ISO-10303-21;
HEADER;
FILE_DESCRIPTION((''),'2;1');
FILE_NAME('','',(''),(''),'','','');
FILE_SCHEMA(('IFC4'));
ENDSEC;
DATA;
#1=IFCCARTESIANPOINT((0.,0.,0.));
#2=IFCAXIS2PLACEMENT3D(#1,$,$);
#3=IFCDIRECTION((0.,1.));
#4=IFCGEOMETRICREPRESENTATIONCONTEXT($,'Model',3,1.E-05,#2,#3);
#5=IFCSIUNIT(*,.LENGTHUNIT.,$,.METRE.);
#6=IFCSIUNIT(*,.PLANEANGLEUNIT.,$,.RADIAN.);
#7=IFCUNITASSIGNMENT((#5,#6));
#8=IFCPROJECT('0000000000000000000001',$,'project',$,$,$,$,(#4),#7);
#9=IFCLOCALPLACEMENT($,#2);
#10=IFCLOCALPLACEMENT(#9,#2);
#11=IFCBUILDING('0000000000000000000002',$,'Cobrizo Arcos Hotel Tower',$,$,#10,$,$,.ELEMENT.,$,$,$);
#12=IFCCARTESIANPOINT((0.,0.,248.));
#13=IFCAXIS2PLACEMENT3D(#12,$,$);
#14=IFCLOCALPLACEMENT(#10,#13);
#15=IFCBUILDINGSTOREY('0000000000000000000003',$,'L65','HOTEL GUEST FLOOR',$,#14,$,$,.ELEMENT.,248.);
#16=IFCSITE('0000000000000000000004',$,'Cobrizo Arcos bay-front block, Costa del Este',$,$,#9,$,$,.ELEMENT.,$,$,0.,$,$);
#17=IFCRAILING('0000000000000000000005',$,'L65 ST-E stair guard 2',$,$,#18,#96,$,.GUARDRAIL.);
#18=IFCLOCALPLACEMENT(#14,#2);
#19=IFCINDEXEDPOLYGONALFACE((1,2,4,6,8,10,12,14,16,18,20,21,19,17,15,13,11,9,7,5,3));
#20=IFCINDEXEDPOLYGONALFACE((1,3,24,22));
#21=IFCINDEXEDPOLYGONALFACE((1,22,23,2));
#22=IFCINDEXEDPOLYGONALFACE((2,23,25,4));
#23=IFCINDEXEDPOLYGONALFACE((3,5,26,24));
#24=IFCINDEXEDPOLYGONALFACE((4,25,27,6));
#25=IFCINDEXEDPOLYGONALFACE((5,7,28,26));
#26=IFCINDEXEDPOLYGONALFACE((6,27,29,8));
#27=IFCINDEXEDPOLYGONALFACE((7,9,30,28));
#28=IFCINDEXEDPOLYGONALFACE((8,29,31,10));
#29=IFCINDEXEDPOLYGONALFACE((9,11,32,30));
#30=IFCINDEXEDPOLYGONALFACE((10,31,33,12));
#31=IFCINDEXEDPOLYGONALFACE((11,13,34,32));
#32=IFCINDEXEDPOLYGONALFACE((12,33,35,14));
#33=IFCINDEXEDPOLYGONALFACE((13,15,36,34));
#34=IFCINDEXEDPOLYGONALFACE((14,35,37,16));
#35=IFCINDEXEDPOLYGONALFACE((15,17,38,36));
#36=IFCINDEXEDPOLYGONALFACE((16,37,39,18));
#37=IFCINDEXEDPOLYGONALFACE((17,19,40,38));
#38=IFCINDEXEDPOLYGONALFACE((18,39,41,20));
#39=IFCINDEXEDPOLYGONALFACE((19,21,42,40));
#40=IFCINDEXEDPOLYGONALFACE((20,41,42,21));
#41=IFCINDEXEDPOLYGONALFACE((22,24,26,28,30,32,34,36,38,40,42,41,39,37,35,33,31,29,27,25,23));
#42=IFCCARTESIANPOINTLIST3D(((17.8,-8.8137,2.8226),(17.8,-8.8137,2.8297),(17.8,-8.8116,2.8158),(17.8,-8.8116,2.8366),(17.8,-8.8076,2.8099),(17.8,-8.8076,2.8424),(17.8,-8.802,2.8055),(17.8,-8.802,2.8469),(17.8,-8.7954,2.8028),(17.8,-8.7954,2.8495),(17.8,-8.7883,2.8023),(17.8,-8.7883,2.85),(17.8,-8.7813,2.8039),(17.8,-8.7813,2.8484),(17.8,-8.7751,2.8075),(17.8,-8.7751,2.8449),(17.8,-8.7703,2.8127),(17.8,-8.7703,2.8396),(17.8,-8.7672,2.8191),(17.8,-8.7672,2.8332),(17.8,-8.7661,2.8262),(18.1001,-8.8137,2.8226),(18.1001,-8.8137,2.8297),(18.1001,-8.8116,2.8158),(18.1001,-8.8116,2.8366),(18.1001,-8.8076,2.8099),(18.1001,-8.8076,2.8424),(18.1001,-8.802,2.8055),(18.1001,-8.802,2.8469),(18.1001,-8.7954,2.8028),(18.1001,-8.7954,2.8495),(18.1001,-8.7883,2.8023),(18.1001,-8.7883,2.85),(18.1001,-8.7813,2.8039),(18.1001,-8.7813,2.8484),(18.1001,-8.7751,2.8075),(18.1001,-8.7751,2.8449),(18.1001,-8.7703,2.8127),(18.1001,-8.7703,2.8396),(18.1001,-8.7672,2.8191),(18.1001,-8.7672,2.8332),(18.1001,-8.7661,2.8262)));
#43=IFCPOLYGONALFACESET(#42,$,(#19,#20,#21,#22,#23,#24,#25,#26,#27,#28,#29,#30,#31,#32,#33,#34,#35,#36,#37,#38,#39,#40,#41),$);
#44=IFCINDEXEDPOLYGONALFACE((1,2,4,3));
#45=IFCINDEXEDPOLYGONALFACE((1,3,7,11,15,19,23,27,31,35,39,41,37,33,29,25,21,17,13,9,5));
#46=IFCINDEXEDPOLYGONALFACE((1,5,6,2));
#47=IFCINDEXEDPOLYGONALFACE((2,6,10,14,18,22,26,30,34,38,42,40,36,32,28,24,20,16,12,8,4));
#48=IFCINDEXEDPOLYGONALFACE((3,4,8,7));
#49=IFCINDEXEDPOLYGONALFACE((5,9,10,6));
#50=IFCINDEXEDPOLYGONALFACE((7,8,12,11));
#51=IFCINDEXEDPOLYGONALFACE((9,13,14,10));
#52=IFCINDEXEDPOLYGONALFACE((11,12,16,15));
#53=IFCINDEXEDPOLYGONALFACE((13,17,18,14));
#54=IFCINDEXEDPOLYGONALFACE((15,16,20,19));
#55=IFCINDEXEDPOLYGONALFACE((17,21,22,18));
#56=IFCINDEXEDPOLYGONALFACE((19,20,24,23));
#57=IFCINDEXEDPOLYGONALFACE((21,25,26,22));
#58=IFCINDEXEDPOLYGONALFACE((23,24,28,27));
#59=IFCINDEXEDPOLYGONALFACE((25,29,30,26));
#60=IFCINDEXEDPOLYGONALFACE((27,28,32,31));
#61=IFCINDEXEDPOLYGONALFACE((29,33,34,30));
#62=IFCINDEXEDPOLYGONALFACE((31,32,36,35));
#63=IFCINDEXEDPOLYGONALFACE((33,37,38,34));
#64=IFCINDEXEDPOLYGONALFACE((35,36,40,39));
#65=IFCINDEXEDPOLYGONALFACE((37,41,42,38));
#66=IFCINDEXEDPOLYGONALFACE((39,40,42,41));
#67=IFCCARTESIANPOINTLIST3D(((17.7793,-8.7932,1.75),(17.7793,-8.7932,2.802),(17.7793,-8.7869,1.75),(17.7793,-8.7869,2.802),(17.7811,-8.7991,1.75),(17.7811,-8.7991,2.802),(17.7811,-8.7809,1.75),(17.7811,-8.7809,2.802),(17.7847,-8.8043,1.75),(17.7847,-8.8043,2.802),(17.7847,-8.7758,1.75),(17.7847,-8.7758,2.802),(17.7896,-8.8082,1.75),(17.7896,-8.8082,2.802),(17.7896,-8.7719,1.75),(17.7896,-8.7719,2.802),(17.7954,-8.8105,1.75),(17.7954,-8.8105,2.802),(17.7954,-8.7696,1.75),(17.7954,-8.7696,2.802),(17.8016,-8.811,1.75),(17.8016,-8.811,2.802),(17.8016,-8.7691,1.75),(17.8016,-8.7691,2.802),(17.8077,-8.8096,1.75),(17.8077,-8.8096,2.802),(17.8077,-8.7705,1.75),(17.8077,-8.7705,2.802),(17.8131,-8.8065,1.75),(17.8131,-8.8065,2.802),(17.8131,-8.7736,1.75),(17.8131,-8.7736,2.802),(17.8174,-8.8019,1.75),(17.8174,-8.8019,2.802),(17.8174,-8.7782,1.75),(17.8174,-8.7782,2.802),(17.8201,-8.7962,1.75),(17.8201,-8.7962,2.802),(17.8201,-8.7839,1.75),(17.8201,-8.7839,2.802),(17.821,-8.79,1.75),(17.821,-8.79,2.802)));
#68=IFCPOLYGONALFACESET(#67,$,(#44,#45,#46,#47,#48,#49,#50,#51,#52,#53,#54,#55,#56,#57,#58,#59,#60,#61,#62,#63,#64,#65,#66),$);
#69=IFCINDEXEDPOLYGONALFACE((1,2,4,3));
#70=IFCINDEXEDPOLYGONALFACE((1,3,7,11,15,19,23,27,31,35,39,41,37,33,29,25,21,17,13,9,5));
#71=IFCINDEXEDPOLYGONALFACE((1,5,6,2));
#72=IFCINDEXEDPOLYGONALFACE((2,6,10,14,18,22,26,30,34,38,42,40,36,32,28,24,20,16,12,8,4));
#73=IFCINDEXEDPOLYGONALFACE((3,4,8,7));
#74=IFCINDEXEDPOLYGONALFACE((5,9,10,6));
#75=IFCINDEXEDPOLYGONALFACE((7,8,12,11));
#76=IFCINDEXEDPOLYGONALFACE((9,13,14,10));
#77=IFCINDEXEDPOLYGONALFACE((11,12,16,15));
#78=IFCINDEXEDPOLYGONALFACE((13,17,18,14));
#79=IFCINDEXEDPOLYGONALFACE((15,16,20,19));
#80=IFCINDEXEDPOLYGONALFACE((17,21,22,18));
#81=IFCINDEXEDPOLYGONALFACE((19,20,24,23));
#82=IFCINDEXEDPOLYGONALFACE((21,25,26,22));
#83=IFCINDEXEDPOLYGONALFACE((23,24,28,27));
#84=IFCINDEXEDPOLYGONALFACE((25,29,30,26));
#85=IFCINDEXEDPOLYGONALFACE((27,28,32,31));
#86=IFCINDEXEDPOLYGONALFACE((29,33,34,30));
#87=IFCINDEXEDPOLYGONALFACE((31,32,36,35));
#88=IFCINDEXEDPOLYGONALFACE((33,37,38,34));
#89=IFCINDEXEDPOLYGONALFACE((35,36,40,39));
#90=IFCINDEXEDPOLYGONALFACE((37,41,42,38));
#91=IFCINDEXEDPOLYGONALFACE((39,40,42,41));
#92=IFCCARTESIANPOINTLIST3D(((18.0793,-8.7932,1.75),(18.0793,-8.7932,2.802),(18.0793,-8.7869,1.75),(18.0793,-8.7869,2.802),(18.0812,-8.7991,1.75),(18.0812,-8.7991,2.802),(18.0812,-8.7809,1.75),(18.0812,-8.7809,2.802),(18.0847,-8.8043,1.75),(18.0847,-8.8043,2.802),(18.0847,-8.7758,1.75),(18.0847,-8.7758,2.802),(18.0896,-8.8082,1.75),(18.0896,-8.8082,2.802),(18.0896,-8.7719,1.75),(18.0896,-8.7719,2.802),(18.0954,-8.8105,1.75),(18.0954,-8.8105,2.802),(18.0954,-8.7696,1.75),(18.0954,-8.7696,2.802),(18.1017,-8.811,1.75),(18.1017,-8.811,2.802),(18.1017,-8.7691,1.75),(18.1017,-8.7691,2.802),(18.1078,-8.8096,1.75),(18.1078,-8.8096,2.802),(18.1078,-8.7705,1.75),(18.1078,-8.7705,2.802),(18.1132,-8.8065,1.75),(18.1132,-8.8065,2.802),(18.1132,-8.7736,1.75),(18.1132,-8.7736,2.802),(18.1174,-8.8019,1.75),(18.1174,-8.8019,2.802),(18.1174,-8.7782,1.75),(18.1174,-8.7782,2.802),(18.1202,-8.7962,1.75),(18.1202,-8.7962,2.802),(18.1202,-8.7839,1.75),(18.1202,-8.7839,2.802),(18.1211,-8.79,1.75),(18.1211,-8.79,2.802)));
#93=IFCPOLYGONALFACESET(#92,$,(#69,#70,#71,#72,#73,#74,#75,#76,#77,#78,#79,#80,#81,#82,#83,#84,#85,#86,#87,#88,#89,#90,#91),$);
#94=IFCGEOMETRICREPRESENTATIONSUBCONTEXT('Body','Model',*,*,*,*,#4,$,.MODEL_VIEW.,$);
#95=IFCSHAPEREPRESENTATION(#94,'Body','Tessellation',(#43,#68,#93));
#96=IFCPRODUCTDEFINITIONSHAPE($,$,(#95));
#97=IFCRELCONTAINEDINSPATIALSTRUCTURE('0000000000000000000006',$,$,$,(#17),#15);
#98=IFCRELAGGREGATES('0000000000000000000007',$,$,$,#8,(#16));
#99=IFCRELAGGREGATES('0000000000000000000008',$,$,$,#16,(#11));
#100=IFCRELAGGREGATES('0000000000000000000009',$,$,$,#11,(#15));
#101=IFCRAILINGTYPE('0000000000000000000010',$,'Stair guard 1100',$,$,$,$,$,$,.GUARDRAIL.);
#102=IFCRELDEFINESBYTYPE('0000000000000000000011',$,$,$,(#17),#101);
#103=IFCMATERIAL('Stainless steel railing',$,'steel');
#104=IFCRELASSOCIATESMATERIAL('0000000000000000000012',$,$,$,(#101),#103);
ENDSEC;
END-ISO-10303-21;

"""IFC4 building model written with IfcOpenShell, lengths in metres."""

from ifc_helpers import new_model, si_unit, direction, frame, origin, origin_2d, place, context, subcontext, project, spatial, circle, extrude, material, type_object, element, save


model = new_model("IFC4")

# Units and contexts
model_context = context("Model", 3, precision=1e-05, world=origin(), true_north=direction((0.0, 1.0)))
body_context = subcontext(model_context, "Body", "Model", "MODEL_VIEW")
ifc_project = project(units=[si_unit("LENGTHUNIT", "METRE"), si_unit("PLANEANGLEUNIT", "RADIAN")], contexts=[model_context])

# Site, building, storey
site_placement = place(None, origin())
site = spatial("IfcSite", under=ifc_project, at=site_placement, Name="Cobrizo Arcos bay-front block, Costa del Este", CompositionType="ELEMENT", RefElevation=0.0)
building_placement = place(site_placement, origin())
building = spatial("IfcBuilding", under=site, at=building_placement, Name="Cobrizo Arcos Hotel Tower", CompositionType="ELEMENT")
storey_placement = place(building_placement, frame((0.0, 0.0, 248.0)))
storey = spatial("IfcBuildingStorey", under=building, at=storey_placement, Name="L65", Description="HOTEL GUEST FLOOR", CompositionType="ELEMENT", Elevation=248.0)

# Railing
ifc_material_1 = material(Name="Stainless steel railing", Category="steel")
railing_type_1 = type_object("IfcRailingType", Name="Stair guard 1100", PredefinedType="GUARDRAIL", material=ifc_material_1)
railing_1_placement = place(storey_placement, frame((17.8, -8.79, 1.75)))
element("IfcRailing", 1, at=railing_1_placement, inside=storey, type_object=railing_type_1, Name="L65 ST-E stair guard 2", PredefinedType="GUARDRAIL", context=body_context, shape_type="SweptSolid", body=[
    extrude(circle(Radius=0.0239, at=origin_2d()), frame((0.0, 0.0, 1.0762), z_axis=(1.0, 0.0, 0.0), x_axis=(0.0, 1.0, 0.0)), (0.0, 0.0, 1.0), 0.3),
    extrude(circle(Radius=0.021, at=origin_2d()), origin(), (0.0, 0.0, 1.0), 1.052),
    extrude(circle(Radius=0.021, at=origin_2d()), frame((0.3, 0.0, 0.0)), (0.0, 0.0, 1.0), 1.052),
])

save(model, "model.ifc")
